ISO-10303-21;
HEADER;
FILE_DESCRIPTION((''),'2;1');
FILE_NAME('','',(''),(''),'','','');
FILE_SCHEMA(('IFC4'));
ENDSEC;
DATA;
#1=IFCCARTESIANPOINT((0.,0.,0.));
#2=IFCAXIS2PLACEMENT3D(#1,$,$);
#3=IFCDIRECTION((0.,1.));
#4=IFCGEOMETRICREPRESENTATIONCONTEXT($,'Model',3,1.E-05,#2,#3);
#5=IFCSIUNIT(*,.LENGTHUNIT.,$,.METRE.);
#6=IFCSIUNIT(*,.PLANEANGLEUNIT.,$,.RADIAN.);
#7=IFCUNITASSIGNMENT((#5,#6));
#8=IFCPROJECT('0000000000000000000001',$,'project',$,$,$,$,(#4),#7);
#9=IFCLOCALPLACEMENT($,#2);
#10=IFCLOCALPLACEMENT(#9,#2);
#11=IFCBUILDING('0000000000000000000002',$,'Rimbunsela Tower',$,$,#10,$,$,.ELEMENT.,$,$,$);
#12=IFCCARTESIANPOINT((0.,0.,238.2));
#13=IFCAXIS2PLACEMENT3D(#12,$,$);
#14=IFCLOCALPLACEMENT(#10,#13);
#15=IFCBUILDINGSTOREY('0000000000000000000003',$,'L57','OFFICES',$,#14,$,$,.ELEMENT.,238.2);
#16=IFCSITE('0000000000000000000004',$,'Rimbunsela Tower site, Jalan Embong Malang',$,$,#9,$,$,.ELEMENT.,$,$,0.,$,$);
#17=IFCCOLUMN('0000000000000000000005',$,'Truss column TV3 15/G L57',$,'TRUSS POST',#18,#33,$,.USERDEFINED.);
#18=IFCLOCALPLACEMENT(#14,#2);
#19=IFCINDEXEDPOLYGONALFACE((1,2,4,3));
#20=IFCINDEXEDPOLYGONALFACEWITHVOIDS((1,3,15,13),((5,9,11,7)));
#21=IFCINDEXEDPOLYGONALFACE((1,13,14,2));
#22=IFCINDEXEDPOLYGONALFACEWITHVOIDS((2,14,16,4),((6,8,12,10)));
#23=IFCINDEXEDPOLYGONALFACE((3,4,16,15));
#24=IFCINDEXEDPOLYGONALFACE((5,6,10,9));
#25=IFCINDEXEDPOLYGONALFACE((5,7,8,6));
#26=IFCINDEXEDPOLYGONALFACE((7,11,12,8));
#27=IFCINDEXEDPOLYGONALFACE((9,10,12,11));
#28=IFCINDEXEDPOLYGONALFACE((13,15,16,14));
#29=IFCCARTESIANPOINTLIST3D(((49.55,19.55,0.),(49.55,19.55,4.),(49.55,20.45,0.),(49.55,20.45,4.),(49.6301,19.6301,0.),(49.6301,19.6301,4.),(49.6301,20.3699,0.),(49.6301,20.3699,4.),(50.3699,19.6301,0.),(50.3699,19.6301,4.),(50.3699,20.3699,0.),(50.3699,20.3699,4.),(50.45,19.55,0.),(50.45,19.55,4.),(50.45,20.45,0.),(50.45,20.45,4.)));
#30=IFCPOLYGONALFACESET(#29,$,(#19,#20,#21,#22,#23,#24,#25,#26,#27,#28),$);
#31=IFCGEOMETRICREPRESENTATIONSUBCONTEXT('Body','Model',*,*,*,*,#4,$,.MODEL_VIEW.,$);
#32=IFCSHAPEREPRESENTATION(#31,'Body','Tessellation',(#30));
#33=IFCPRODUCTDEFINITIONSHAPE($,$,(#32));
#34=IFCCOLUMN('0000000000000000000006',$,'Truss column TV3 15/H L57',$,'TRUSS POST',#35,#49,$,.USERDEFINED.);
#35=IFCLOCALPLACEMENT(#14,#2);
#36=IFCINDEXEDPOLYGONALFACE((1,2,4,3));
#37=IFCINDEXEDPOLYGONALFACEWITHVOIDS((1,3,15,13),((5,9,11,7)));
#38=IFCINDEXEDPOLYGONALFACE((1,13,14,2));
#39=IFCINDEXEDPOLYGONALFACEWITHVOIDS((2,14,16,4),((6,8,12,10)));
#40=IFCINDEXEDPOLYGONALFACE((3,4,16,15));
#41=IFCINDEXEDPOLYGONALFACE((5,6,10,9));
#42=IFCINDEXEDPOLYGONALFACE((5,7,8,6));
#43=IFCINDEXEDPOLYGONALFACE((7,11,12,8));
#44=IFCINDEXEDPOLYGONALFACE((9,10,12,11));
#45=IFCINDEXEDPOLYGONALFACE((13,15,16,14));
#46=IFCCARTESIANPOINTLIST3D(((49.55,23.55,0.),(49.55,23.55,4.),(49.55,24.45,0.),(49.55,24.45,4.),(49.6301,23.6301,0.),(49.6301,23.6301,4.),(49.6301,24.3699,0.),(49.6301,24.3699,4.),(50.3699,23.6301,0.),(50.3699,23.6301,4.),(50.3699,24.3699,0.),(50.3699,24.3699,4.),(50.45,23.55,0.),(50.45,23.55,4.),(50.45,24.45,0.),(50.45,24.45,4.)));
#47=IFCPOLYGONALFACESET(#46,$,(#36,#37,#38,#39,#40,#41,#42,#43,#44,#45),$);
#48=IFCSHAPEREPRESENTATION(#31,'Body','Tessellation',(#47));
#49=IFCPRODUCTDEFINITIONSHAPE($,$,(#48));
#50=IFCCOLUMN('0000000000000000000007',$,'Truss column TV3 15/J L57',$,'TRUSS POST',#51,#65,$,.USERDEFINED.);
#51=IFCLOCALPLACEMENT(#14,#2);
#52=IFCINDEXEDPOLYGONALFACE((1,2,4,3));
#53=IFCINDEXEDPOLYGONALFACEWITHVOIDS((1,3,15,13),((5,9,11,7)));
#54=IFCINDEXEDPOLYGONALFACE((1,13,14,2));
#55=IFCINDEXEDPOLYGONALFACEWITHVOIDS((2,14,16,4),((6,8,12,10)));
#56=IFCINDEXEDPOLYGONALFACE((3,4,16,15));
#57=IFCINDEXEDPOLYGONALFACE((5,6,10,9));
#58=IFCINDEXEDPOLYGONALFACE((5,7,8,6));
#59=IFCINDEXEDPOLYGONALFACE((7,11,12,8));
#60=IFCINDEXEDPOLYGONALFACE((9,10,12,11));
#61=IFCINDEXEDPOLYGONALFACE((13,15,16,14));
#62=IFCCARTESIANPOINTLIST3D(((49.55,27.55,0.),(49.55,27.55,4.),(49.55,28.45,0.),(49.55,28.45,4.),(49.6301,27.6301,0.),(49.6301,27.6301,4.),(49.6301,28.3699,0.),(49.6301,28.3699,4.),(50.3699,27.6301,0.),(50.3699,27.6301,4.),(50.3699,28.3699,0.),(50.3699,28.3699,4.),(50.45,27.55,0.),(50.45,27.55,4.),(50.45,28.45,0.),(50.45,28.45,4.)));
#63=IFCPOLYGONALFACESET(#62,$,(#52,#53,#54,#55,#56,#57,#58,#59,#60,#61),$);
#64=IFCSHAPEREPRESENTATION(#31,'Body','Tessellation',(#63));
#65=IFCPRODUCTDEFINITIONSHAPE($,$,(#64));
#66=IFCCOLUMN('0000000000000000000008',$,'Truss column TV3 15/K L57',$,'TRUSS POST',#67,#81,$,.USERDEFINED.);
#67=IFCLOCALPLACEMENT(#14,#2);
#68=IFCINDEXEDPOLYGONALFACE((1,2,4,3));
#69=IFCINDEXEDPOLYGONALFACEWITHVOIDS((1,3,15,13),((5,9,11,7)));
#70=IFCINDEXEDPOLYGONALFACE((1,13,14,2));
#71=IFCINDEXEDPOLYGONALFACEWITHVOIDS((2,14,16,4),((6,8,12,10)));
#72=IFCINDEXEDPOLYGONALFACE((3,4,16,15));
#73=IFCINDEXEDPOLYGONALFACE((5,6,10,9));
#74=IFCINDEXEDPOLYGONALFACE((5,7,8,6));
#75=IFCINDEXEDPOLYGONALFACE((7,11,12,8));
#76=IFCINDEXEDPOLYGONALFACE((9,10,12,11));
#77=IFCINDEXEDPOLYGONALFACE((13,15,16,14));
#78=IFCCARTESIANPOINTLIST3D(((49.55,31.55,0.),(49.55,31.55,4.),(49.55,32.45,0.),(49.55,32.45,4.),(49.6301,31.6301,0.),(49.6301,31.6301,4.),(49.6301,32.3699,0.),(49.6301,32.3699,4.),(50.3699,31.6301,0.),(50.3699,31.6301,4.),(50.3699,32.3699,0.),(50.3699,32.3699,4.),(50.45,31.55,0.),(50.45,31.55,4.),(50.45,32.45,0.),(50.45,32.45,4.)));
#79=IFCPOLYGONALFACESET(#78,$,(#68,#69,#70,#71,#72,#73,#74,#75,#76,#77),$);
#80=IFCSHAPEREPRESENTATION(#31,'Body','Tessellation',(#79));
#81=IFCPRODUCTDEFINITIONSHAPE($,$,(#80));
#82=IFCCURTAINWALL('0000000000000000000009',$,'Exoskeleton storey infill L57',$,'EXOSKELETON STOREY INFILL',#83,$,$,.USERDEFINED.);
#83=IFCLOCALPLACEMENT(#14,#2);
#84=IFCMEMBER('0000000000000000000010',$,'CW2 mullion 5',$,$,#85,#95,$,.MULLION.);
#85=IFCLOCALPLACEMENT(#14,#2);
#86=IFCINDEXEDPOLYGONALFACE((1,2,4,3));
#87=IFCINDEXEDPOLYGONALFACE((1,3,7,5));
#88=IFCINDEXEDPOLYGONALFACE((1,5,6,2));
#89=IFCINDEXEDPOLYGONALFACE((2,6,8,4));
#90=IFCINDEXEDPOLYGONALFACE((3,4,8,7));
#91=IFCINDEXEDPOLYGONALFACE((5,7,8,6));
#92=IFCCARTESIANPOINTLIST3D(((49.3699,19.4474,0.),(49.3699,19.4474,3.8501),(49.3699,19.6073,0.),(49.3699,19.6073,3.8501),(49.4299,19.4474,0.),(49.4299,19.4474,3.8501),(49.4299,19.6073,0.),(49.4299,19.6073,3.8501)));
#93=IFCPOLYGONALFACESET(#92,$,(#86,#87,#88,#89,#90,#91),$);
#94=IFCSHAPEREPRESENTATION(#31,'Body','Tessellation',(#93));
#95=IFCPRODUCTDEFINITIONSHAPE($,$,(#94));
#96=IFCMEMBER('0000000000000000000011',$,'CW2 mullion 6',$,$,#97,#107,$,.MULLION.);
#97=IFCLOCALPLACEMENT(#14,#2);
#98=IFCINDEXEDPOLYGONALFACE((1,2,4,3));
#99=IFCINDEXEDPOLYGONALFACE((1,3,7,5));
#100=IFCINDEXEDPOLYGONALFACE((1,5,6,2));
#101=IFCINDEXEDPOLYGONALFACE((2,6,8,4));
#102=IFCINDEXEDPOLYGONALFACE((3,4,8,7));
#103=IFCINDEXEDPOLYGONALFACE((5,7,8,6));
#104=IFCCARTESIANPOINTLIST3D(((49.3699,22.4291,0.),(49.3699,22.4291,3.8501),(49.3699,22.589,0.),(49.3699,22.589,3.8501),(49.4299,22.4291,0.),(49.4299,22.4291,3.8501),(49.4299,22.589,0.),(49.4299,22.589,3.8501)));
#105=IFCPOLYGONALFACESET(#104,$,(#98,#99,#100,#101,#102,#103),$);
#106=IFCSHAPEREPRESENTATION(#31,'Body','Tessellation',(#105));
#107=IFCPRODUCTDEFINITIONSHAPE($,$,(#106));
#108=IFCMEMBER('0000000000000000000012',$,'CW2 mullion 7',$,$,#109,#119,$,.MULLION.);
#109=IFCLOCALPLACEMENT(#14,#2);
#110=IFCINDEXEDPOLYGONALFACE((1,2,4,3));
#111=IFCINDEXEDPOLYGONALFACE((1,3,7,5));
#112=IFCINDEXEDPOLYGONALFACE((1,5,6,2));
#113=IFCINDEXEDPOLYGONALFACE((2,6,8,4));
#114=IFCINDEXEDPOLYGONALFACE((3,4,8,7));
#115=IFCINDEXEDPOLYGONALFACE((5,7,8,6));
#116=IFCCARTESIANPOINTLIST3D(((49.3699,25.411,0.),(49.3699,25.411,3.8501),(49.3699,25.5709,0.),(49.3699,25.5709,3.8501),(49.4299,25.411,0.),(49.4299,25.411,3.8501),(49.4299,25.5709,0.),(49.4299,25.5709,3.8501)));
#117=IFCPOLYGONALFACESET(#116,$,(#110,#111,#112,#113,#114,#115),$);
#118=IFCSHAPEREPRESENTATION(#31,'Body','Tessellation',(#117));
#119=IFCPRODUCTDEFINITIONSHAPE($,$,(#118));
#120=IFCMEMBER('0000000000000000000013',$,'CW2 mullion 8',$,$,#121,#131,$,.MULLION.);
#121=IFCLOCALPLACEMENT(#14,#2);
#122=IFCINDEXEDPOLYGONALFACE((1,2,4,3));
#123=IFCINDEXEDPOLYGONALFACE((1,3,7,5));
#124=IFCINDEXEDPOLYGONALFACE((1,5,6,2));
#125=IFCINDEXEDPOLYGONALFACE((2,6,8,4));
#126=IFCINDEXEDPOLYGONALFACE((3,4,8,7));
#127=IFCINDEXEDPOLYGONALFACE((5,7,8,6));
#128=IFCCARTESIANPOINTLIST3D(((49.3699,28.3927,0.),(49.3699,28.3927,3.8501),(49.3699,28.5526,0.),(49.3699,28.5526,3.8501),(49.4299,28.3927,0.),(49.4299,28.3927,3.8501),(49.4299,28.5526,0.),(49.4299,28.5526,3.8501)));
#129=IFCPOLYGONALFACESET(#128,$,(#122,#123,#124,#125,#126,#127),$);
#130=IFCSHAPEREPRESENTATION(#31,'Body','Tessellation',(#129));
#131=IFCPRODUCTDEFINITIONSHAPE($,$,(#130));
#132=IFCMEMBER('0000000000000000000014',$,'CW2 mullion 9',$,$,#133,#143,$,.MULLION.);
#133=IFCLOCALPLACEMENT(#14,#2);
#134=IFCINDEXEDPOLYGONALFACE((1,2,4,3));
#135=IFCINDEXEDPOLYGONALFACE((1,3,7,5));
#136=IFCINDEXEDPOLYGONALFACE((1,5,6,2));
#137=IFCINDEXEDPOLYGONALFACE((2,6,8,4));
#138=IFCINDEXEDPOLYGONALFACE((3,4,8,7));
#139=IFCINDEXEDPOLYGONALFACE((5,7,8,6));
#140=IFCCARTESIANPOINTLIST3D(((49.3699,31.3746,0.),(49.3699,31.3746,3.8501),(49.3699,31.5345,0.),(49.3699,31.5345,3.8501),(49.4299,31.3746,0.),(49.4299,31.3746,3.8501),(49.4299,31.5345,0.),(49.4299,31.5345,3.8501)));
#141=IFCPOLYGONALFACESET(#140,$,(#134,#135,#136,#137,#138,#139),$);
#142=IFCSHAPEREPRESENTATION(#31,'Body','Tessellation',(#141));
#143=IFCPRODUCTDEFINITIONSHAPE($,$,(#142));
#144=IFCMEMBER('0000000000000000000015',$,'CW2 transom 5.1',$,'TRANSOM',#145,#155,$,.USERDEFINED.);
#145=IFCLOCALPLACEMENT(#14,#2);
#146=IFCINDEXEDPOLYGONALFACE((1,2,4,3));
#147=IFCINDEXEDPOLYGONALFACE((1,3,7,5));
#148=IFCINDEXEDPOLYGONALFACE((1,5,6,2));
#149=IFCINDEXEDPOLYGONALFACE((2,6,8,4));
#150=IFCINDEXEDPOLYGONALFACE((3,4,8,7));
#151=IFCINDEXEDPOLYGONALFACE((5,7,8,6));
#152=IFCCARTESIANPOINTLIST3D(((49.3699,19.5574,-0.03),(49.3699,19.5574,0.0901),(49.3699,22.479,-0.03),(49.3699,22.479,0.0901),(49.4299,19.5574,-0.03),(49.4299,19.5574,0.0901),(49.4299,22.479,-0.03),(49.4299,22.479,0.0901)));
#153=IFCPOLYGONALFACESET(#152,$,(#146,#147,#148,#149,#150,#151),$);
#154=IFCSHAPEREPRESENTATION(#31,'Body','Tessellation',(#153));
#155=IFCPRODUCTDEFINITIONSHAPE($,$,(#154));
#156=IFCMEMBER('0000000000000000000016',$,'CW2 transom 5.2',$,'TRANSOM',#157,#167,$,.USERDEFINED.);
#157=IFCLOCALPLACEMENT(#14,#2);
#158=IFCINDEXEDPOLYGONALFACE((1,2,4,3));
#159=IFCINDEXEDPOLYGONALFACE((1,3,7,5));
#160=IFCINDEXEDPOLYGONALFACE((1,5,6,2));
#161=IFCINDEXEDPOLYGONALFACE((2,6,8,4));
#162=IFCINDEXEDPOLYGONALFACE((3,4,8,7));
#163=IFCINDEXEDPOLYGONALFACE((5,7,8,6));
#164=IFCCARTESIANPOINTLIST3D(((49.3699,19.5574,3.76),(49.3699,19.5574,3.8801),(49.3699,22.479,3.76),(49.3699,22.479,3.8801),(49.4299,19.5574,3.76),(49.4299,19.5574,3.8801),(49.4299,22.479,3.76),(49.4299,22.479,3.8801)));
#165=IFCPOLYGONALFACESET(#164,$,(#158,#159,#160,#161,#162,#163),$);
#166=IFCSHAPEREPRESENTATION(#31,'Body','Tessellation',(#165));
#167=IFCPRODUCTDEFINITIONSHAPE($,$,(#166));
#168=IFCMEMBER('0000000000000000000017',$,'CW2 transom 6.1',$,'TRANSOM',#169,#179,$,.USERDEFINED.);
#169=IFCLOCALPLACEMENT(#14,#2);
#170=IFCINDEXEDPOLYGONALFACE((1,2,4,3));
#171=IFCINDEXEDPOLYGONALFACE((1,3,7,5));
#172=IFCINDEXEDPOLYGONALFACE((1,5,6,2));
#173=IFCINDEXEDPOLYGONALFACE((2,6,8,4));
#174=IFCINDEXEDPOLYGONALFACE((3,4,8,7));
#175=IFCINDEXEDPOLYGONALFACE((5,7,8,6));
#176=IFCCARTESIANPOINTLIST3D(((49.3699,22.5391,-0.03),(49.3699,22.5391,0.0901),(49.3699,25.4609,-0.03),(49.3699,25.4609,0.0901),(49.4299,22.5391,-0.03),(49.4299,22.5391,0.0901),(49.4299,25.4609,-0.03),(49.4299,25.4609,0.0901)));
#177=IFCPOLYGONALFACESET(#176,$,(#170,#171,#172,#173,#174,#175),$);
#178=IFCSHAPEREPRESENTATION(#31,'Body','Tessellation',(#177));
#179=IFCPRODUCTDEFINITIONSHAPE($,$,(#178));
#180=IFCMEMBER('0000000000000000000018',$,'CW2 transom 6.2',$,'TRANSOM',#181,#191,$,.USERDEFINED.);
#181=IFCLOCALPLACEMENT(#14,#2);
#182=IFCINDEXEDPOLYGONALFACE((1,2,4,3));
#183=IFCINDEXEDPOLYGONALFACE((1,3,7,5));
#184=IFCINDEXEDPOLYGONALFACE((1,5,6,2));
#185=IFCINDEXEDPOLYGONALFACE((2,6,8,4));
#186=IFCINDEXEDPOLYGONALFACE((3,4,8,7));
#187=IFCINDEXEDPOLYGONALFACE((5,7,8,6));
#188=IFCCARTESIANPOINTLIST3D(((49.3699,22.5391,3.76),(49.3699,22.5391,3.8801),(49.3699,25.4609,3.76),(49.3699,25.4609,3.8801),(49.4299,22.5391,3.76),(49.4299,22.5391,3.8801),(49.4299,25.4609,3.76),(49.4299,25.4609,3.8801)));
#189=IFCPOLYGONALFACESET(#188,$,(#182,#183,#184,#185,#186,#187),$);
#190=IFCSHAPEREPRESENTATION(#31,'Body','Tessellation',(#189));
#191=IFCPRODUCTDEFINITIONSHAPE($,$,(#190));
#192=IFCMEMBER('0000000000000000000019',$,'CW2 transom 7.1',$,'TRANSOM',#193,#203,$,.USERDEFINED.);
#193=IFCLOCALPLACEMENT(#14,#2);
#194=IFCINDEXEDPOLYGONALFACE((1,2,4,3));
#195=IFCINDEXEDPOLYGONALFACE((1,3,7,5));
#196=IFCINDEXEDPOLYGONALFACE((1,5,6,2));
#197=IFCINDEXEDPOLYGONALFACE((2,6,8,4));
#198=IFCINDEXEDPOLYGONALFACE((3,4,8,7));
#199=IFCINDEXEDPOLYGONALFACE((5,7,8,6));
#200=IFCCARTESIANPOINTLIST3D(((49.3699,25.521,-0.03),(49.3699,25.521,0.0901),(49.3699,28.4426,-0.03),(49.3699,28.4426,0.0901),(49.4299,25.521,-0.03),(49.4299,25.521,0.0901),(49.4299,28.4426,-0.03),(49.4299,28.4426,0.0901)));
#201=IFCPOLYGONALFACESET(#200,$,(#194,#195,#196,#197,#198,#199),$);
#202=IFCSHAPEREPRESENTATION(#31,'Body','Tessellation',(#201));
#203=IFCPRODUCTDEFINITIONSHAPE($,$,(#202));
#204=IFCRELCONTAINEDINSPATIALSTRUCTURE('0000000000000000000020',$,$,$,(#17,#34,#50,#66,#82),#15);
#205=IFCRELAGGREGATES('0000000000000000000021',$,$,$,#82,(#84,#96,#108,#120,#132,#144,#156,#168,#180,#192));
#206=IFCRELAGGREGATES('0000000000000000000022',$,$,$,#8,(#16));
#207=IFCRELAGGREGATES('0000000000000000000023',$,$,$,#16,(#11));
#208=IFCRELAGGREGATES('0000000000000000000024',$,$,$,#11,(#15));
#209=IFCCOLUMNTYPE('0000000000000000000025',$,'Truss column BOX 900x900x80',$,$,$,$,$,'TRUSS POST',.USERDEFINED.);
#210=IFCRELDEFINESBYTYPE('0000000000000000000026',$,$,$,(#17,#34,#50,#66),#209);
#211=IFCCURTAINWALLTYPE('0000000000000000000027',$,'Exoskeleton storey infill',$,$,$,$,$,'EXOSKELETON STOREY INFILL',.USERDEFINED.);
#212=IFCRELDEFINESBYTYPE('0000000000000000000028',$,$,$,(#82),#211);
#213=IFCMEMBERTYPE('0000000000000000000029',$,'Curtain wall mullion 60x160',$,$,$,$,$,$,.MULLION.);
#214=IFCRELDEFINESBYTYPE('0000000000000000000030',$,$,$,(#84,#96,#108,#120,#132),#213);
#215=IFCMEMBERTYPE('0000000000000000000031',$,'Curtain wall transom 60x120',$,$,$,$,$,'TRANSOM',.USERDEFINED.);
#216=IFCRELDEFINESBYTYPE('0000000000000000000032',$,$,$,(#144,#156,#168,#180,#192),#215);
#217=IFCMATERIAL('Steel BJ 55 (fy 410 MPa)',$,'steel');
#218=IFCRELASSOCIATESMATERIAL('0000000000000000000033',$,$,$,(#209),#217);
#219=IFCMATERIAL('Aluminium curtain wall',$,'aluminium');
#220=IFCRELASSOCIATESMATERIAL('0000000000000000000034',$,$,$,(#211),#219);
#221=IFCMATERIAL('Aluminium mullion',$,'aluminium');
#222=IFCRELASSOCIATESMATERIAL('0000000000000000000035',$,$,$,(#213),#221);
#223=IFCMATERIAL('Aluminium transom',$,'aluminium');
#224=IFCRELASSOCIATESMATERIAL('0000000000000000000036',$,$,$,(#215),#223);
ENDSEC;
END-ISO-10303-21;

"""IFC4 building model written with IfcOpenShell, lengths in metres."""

from ifc_helpers import new_model, si_unit, direction, frame, origin, origin_2d, place, context, subcontext, project, spatial, rectangle, hollow_rectangle, extrude, material, material_profile, profile_set, type_object, element, aggregate, save


model = new_model("IFC4")

# Units and contexts
model_context = context("Model", 3, precision=1e-05, world=origin(), true_north=direction((0.0, 1.0)))
body_context = subcontext(model_context, "Body", "Model", "MODEL_VIEW")
ifc_project = project(units=[si_unit("LENGTHUNIT", "METRE"), si_unit("PLANEANGLEUNIT", "RADIAN")], contexts=[model_context])

# Site, building, storey
site_placement = place(None, origin())
site = spatial("IfcSite", under=ifc_project, at=site_placement, Name="Rimbunsela Tower site, Jalan Embong Malang", CompositionType="ELEMENT", RefElevation=0.0)
building_placement = place(site_placement, origin())
building = spatial("IfcBuilding", under=site, at=building_placement, Name="Rimbunsela Tower", CompositionType="ELEMENT")
storey_placement = place(building_placement, frame((0.0, 0.0, 238.2)))
storey = spatial("IfcBuildingStorey", under=building, at=storey_placement, Name="L57", Description="OFFICES", CompositionType="ELEMENT", Elevation=238.2)

# Columns
ifc_material_1 = material(Name="Steel BJ 55 (fy 410 MPa)", Category="steel")
ifc_material_profile_1 = material_profile(ifc_material_1, hollow_rectangle(XDim=0.8999, YDim=0.8999, WallThickness=0.0801, at=origin_2d()), Name="BOX 900x900x80")
ifc_profile_set_1 = profile_set([ifc_material_profile_1], Name="Steel BJ 55 (fy 410 MPa)")
column_type = type_object("IfcColumnType", Name="Truss column BOX 900x900x80", ElementType="TRUSS POST", PredefinedType="USERDEFINED", material=ifc_profile_set_1)
for number, where, z_axis, x_axis, name in (
    (1, (50.0, 20.0, 0.0), (0.0, 0.0, 1.0), (1.0, 0.0, 0.0), "Truss column TV3 15/G L57"),
    (2, (50.0, 24.0, 0.0), (0.0, 0.0, 1.0), (1.0, 0.0, 0.0), "Truss column TV3 15/H L57"),
    (3, (50.0, 28.0, 0.0), (0.0, 0.0, 1.0), (1.0, 0.0, 0.0), "Truss column TV3 15/J L57"),
    (4, (50.0, 32.0, 0.0), (0.0, 0.0, 1.0), (1.0, 0.0, 0.0), "Truss column TV3 15/K L57"),
):
    element("IfcColumn", number, at=place(storey_placement, frame(where, z_axis=z_axis, x_axis=x_axis)), inside=storey, type_object=column_type, Name=name, ObjectType="TRUSS POST", PredefinedType="USERDEFINED", context=body_context, shape_type="SweptSolid", body=[
        extrude(hollow_rectangle(XDim=0.8999, YDim=0.8999, WallThickness=0.0801, at=origin_2d()), origin(), (0.0, 0.0, 1.0), 4.0),
    ])

# Curtain wall, members
ifc_material_2 = material(Name="Aluminium curtain wall", Category="aluminium")
curtain_wall_type = type_object("IfcCurtainWallType", Name="Exoskeleton storey infill", ElementType="EXOSKELETON STOREY INFILL", PredefinedType="USERDEFINED", material=ifc_material_2)
curtain_wall_placement = place(storey_placement, origin())
curtain_wall = element("IfcCurtainWall", 5, at=curtain_wall_placement, inside=storey, type_object=curtain_wall_type, Name="Exoskeleton storey infill L57", ObjectType="EXOSKELETON STOREY INFILL", PredefinedType="USERDEFINED")
ifc_material_3 = material(Name="Aluminium mullion", Category="aluminium")
ifc_material_profile_2 = material_profile(ifc_material_3, rectangle(XDim=0.0601, YDim=0.1599, at=origin_2d()), Name="Mullion 60x160")
ifc_profile_set_2 = profile_set([ifc_material_profile_2], Name="Aluminium mullion")
member_type_1 = type_object("IfcMemberType", Name="Curtain wall mullion 60x160", PredefinedType="MULLION", material=ifc_profile_set_2)
member_1_placement = place(storey_placement, frame((49.3999, 19.5273, 0.0), z_axis=(0.0, 0.0, 1.0), x_axis=(-1.0, 0.0, 0.0)))
member_1 = element("IfcMember", 6, at=member_1_placement, type_object=member_type_1, Name="CW2 mullion 5", PredefinedType="MULLION", context=body_context, shape_type="SweptSolid", body=[
    extrude(rectangle(XDim=0.0601, YDim=0.1599, at=origin_2d()), origin(), (0.0, 0.0, 1.0), 3.8501),
])
member_2_placement = place(storey_placement, frame((49.3999, 22.509, 0.0), z_axis=(0.0, 0.0, 1.0), x_axis=(-1.0, 0.0, 0.0)))
member_2 = element("IfcMember", 7, at=member_2_placement, type_object=member_type_1, Name="CW2 mullion 6", PredefinedType="MULLION", context=body_context, shape_type="SweptSolid", body=[
    extrude(rectangle(XDim=0.0601, YDim=0.1599, at=origin_2d()), origin(), (0.0, 0.0, 1.0), 3.8501),
])
member_3_placement = place(storey_placement, frame((49.3999, 25.491, 0.0), z_axis=(0.0, 0.0, 1.0), x_axis=(-1.0, 0.0, 0.0)))
member_3 = element("IfcMember", 8, at=member_3_placement, type_object=member_type_1, Name="CW2 mullion 7", PredefinedType="MULLION", context=body_context, shape_type="SweptSolid", body=[
    extrude(rectangle(XDim=0.0601, YDim=0.1599, at=origin_2d()), origin(), (0.0, 0.0, 1.0), 3.8501),
])
member_4_placement = place(storey_placement, frame((49.3999, 28.4727, 0.0), z_axis=(0.0, 0.0, 1.0), x_axis=(-1.0, 0.0, 0.0)))
member_4 = element("IfcMember", 9, at=member_4_placement, type_object=member_type_1, Name="CW2 mullion 8", PredefinedType="MULLION", context=body_context, shape_type="SweptSolid", body=[
    extrude(rectangle(XDim=0.0601, YDim=0.1599, at=origin_2d()), origin(), (0.0, 0.0, 1.0), 3.8501),
])
member_5_placement = place(storey_placement, frame((49.3999, 31.4546, 0.0), z_axis=(0.0, 0.0, 1.0), x_axis=(-1.0, 0.0, 0.0)))
member_5 = element("IfcMember", 10, at=member_5_placement, type_object=member_type_1, Name="CW2 mullion 9", PredefinedType="MULLION", context=body_context, shape_type="SweptSolid", body=[
    extrude(rectangle(XDim=0.0601, YDim=0.1599, at=origin_2d()), origin(), (0.0, 0.0, 1.0), 3.8501),
])
ifc_material_4 = material(Name="Aluminium transom", Category="aluminium")
ifc_material_profile_3 = material_profile(ifc_material_4, rectangle(XDim=0.0601, YDim=0.1201, at=origin_2d()), Name="Transom 60x120")
ifc_profile_set_3 = profile_set([ifc_material_profile_3], Name="Aluminium transom")
member_type_2 = type_object("IfcMemberType", Name="Curtain wall transom 60x120", ElementType="TRANSOM", PredefinedType="USERDEFINED", material=ifc_profile_set_3)
member_6_placement = place(storey_placement, frame((49.3999, 19.5574, 0.03), z_axis=(0.0, 1.0, 0.0), x_axis=(-1.0, 0.0, 0.0)))
member_6 = element("IfcMember", 11, at=member_6_placement, type_object=member_type_2, Name="CW2 transom 5.1", ObjectType="TRANSOM", PredefinedType="USERDEFINED", context=body_context, shape_type="SweptSolid", body=[
    extrude(rectangle(XDim=0.0601, YDim=0.1201, at=origin_2d()), origin(), (0.0, 0.0, 1.0), 2.9216),
])
member_7_placement = place(storey_placement, frame((49.3999, 19.5574, 3.8201), z_axis=(0.0, 1.0, 0.0), x_axis=(-1.0, 0.0, 0.0)))
member_7 = element("IfcMember", 12, at=member_7_placement, type_object=member_type_2, Name="CW2 transom 5.2", ObjectType="TRANSOM", PredefinedType="USERDEFINED", context=body_context, shape_type="SweptSolid", body=[
    extrude(rectangle(XDim=0.0601, YDim=0.1201, at=origin_2d()), origin(), (0.0, 0.0, 1.0), 2.9216),
])
member_8_placement = place(storey_placement, frame((49.3999, 22.5391, 0.03), z_axis=(0.0, 1.0, 0.0), x_axis=(-1.0, 0.0, 0.0)))
member_8 = element("IfcMember", 13, at=member_8_placement, type_object=member_type_2, Name="CW2 transom 6.1", ObjectType="TRANSOM", PredefinedType="USERDEFINED", context=body_context, shape_type="SweptSolid", body=[
    extrude(rectangle(XDim=0.0601, YDim=0.1201, at=origin_2d()), origin(), (0.0, 0.0, 1.0), 2.9219),
])
member_9_placement = place(storey_placement, frame((49.3999, 22.5391, 3.8201), z_axis=(0.0, 1.0, 0.0), x_axis=(-1.0, 0.0, 0.0)))
member_9 = element("IfcMember", 14, at=member_9_placement, type_object=member_type_2, Name="CW2 transom 6.2", ObjectType="TRANSOM", PredefinedType="USERDEFINED", context=body_context, shape_type="SweptSolid", body=[
    extrude(rectangle(XDim=0.0601, YDim=0.1201, at=origin_2d()), origin(), (0.0, 0.0, 1.0), 2.9219),
])
member_10_placement = place(storey_placement, frame((49.3999, 25.521, 0.03), z_axis=(0.0, 1.0, 0.0), x_axis=(-1.0, 0.0, 0.0)))
member_10 = element("IfcMember", 15, at=member_10_placement, type_object=member_type_2, Name="CW2 transom 7.1", ObjectType="TRANSOM", PredefinedType="USERDEFINED", context=body_context, shape_type="SweptSolid", body=[
    extrude(rectangle(XDim=0.0601, YDim=0.1201, at=origin_2d()), origin(), (0.0, 0.0, 1.0), 2.9216),
])

aggregate(curtain_wall, [member_1, member_2, member_3, member_4, member_5, member_6, member_7, member_8, member_9, member_10])

save(model, "model.ifc")
